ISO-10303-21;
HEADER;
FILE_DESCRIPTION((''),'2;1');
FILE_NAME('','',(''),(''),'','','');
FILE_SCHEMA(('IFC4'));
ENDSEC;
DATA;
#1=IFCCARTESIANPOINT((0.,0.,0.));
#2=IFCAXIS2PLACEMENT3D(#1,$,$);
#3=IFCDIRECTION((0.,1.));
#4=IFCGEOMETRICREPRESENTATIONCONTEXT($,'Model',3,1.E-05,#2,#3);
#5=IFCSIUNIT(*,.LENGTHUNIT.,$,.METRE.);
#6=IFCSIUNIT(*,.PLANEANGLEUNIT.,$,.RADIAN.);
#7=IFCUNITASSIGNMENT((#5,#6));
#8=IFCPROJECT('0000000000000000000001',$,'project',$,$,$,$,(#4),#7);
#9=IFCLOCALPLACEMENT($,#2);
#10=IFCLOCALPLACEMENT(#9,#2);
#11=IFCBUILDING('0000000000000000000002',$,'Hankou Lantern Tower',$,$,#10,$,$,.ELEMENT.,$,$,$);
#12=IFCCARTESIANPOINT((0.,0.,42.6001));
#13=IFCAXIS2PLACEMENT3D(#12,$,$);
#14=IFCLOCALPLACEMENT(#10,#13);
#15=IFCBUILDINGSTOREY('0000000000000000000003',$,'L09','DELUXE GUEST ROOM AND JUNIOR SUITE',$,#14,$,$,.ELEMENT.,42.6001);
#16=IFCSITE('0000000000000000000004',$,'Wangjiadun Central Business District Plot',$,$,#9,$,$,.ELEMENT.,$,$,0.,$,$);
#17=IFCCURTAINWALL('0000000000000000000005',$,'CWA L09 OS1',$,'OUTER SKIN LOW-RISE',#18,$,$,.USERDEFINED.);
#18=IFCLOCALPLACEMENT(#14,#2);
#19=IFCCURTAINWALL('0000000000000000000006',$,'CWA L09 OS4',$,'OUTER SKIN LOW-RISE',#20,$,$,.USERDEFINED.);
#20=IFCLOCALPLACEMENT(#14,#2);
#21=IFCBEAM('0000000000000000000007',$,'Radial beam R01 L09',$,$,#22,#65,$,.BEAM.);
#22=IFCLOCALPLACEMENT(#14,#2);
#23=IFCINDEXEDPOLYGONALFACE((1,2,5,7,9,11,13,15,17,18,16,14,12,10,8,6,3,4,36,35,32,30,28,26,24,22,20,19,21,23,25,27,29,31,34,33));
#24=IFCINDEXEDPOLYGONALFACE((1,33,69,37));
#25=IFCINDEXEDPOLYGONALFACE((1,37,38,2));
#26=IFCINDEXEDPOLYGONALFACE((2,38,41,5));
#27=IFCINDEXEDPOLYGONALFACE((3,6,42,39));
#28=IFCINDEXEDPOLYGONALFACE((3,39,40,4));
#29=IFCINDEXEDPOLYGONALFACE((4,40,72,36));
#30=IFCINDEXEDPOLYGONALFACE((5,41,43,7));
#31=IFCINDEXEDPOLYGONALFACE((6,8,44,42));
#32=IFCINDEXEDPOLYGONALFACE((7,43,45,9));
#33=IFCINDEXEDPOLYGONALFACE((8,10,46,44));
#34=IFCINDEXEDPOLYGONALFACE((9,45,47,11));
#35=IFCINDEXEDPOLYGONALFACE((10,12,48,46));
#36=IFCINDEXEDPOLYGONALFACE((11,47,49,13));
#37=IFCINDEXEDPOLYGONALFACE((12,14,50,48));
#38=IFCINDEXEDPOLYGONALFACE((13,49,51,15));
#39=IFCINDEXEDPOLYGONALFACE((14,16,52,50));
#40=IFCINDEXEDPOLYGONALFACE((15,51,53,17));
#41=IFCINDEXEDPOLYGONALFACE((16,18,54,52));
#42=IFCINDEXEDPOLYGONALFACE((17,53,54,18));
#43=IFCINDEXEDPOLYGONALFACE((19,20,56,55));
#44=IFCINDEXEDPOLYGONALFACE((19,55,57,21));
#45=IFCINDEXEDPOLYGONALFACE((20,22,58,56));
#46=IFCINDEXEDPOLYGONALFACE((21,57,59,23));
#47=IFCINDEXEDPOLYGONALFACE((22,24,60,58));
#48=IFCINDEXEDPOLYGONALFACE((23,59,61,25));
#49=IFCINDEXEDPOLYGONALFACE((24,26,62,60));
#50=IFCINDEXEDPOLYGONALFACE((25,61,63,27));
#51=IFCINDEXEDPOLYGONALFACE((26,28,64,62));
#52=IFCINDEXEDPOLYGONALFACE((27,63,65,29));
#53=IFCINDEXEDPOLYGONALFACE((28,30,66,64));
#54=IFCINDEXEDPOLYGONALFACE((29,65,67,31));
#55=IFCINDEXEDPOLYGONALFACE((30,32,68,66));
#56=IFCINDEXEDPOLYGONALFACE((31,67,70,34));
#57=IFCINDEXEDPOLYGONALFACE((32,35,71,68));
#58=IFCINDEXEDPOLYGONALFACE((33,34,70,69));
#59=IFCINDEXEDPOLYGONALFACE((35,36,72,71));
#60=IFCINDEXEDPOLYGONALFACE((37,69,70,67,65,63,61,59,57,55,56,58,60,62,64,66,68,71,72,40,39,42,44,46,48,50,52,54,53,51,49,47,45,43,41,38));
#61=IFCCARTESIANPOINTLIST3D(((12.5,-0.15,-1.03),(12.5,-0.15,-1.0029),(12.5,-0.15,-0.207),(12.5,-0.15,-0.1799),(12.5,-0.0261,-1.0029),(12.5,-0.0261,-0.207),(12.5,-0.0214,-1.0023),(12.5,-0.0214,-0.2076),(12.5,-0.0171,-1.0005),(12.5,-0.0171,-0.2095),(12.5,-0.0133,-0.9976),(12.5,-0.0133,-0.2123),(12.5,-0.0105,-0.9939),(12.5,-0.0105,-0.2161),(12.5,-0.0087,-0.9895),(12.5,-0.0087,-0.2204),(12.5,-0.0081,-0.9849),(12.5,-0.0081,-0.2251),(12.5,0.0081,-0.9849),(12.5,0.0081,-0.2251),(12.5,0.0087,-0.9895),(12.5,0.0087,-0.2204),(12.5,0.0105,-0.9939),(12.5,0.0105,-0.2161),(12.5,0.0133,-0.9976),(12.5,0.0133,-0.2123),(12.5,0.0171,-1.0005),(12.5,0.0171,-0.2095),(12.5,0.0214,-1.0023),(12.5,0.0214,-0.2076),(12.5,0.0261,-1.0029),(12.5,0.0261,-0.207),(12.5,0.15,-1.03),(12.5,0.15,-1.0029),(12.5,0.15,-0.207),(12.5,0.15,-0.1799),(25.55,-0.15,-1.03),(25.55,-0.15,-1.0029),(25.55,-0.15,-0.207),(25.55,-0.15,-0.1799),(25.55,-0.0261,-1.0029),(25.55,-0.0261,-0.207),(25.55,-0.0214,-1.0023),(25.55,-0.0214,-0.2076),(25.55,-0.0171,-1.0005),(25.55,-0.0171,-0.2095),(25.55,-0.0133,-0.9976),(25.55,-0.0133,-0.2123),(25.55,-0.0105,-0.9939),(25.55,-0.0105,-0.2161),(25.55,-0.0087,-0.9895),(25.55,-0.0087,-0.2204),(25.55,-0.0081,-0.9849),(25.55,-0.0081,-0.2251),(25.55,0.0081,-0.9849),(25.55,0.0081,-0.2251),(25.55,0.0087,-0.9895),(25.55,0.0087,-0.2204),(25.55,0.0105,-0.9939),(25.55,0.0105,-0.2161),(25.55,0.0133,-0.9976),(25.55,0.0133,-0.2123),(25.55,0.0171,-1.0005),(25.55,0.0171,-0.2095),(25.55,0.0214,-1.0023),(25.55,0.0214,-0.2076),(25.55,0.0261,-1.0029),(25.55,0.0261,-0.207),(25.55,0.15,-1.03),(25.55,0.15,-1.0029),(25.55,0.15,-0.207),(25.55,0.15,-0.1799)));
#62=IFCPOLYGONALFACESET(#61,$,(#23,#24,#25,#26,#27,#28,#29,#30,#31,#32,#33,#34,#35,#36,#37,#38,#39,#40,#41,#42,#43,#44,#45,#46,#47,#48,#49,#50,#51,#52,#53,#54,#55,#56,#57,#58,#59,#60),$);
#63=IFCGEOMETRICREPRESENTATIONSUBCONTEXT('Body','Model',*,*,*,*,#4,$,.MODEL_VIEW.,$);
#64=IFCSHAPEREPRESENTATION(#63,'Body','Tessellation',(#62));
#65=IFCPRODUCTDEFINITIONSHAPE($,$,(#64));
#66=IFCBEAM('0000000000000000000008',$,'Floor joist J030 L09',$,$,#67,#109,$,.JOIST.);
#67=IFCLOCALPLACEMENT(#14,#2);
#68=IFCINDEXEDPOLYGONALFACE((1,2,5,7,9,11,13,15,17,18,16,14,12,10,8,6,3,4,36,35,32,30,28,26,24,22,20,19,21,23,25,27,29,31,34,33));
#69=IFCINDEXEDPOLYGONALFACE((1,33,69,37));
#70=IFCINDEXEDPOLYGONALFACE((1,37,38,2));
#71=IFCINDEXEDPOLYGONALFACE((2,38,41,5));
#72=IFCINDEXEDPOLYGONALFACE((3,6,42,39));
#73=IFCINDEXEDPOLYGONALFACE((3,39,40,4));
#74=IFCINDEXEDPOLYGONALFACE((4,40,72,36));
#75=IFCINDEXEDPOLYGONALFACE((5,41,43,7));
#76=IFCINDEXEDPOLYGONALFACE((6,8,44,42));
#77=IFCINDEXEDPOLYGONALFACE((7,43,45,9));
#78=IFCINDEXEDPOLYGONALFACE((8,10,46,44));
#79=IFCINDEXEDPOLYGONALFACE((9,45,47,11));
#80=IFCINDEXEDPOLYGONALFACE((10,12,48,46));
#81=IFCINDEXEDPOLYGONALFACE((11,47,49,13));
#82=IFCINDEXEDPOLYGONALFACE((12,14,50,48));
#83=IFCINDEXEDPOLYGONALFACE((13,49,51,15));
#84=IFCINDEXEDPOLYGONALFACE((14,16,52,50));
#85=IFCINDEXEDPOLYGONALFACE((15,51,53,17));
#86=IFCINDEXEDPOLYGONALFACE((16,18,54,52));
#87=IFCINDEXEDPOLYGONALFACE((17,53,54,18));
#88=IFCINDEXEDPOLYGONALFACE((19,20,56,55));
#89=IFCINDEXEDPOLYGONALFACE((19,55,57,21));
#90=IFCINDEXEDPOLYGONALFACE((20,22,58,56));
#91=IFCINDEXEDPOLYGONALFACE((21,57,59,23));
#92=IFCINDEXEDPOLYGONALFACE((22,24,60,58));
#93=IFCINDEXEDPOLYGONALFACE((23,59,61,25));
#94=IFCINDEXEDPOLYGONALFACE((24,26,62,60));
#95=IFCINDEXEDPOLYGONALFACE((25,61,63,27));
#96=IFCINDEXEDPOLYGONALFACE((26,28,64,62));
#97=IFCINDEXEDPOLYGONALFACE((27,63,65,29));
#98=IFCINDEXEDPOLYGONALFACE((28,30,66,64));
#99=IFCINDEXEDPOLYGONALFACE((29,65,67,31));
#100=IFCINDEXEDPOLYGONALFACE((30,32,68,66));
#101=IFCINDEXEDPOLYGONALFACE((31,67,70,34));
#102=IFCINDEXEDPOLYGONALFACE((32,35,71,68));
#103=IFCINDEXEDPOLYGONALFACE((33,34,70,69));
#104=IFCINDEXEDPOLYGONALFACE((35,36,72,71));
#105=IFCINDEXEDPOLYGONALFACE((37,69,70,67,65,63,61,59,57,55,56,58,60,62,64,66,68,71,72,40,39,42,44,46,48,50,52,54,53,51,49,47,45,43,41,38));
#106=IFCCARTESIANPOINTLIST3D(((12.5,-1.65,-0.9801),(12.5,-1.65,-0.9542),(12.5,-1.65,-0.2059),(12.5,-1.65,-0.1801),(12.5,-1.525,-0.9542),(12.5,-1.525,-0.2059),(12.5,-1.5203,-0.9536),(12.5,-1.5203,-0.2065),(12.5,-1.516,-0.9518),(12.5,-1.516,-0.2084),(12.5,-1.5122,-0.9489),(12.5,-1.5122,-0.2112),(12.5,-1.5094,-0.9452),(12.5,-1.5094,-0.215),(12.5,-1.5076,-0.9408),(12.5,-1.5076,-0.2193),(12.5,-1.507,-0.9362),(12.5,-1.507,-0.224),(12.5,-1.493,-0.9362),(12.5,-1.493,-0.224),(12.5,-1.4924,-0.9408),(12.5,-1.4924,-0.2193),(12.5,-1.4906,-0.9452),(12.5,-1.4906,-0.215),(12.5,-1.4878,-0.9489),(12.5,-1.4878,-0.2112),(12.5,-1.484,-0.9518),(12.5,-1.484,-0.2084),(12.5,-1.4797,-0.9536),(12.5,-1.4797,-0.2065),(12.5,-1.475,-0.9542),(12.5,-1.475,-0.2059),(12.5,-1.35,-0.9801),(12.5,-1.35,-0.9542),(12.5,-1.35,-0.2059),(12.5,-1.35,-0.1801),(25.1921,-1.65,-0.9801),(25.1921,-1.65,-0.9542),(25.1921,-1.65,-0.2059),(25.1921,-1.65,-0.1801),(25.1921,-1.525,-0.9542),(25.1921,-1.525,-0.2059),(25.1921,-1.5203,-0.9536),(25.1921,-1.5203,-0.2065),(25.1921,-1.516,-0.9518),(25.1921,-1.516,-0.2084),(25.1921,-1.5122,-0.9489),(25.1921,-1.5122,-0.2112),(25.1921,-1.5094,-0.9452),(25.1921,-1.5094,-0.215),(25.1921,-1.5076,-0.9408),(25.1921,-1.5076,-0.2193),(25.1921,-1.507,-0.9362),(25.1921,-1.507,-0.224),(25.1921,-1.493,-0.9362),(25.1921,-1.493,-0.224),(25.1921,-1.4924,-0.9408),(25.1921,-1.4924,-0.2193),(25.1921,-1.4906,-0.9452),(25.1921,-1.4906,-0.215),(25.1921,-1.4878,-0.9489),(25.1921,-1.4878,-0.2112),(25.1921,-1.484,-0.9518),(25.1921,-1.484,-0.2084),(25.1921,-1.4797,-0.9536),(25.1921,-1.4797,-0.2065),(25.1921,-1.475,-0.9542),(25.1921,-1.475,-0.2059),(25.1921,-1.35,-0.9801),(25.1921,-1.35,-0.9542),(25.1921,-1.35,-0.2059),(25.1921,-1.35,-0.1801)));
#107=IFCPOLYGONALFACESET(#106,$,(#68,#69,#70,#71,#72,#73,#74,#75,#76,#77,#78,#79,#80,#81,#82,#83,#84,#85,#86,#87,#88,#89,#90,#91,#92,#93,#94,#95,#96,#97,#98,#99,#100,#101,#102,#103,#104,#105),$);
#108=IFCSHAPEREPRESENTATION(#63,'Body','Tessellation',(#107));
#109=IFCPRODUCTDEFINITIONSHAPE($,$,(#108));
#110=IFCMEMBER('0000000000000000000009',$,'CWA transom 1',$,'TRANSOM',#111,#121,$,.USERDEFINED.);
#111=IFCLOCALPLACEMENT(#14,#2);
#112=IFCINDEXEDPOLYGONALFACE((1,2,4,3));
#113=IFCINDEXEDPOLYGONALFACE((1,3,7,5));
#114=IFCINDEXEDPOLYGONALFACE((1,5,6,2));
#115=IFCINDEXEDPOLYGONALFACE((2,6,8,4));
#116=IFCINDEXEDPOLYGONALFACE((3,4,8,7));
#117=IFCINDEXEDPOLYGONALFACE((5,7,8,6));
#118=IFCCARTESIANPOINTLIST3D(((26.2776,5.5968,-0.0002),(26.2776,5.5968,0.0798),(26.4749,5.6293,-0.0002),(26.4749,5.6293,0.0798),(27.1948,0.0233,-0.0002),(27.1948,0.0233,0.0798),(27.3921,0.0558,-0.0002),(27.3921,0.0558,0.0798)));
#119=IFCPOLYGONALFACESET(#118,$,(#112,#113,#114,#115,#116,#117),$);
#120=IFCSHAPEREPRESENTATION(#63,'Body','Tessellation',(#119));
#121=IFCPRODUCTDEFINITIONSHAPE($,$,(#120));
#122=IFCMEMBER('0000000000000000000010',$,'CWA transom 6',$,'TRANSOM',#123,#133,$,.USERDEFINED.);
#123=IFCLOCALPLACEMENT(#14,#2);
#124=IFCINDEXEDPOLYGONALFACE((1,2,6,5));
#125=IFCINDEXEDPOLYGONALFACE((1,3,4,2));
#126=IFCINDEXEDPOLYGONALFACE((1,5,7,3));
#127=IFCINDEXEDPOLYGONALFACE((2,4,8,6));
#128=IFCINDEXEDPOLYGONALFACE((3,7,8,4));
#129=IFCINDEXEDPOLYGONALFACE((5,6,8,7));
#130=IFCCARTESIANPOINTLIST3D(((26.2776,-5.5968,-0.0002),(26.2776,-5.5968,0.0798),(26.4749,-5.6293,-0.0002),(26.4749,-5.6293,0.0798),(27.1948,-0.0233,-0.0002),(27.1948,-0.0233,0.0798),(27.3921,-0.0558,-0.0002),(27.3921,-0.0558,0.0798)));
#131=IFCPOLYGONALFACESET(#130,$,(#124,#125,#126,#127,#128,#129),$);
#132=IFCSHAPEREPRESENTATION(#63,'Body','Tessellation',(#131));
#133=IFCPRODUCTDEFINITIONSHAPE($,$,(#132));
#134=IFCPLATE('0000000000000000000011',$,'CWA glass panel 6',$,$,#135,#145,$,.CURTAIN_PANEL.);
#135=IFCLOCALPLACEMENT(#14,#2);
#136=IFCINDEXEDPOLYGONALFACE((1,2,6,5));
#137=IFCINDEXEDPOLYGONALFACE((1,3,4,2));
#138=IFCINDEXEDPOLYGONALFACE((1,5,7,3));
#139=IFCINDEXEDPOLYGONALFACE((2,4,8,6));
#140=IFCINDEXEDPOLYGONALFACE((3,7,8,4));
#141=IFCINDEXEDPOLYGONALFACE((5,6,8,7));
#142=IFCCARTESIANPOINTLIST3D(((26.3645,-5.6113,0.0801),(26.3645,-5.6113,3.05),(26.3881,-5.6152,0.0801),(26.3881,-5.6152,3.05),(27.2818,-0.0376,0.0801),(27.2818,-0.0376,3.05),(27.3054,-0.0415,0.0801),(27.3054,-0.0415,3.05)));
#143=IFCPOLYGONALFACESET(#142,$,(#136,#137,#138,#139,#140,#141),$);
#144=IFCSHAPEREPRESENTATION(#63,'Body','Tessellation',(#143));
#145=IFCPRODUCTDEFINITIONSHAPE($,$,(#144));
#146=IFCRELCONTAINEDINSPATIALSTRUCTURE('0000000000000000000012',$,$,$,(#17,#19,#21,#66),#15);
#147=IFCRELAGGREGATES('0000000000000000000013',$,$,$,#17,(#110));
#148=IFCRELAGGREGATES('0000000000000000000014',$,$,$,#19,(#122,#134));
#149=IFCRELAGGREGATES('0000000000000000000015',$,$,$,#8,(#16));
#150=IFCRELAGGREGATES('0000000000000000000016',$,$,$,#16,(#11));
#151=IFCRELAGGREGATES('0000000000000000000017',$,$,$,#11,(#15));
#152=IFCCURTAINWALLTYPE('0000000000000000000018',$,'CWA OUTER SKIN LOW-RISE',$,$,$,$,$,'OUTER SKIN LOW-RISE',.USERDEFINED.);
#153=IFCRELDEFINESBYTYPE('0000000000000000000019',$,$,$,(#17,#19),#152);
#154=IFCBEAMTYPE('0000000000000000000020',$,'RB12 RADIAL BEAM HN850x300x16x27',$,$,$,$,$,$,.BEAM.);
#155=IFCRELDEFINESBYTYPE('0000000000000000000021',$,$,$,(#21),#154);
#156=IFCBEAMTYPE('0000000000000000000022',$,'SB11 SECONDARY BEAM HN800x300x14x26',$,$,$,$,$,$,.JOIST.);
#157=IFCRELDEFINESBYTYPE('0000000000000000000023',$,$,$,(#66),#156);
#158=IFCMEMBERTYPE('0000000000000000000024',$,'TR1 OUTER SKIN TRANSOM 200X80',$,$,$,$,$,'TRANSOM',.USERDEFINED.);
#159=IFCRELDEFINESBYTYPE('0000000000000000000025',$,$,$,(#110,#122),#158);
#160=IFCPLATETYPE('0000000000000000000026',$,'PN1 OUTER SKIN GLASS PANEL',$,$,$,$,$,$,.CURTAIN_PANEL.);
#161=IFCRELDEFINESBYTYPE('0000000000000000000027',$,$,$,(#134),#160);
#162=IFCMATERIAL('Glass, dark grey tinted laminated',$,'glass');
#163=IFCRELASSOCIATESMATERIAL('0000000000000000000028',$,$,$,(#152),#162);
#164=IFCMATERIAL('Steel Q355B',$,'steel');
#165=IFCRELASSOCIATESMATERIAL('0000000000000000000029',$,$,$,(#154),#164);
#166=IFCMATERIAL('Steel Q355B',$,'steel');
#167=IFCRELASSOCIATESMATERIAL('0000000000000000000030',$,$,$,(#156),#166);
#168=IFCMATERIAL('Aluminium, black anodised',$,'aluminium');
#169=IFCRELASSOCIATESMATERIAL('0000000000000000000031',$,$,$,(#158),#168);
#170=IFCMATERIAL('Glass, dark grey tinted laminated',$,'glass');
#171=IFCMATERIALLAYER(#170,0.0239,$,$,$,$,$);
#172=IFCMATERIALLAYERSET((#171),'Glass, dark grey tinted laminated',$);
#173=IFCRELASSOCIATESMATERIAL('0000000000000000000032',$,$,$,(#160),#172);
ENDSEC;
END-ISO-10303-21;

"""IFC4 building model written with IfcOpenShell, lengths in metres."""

from ifc_helpers import new_model, si_unit, direction, frame, origin, origin_2d, place, context, subcontext, project, spatial, rectangle, i_section, extrude, material, layer, layer_set, material_profile, profile_set, type_object, element, aggregate, save


model = new_model("IFC4")

# Units and contexts
model_context = context("Model", 3, precision=1e-05, world=origin(), true_north=direction((0.0, 1.0)))
body_context = subcontext(model_context, "Body", "Model", "MODEL_VIEW")
ifc_project = project(units=[si_unit("LENGTHUNIT", "METRE"), si_unit("PLANEANGLEUNIT", "RADIAN")], contexts=[model_context])

# Site, building, storey
site_placement = place(None, origin())
site = spatial("IfcSite", under=ifc_project, at=site_placement, Name="Wangjiadun Central Business District Plot", CompositionType="ELEMENT", RefElevation=0.0)
building_placement = place(site_placement, origin())
building = spatial("IfcBuilding", under=site, at=building_placement, Name="Hankou Lantern Tower", CompositionType="ELEMENT")
storey_placement = place(building_placement, frame((0.0, 0.0, 42.6001)))
storey = spatial("IfcBuildingStorey", under=building, at=storey_placement, Name="L09", Description="DELUXE GUEST ROOM AND JUNIOR SUITE", CompositionType="ELEMENT", Elevation=42.6001)

# Curtain walls
ifc_material_1 = material(Name="Glass, dark grey tinted laminated", Category="glass")
curtain_wall_type = type_object("IfcCurtainWallType", Name="CWA OUTER SKIN LOW-RISE", ElementType="OUTER SKIN LOW-RISE", PredefinedType="USERDEFINED", material=ifc_material_1)
curtain_wall_1_placement = place(storey_placement, origin())
curtain_wall_1 = element("IfcCurtainWall", 1, at=curtain_wall_1_placement, inside=storey, type_object=curtain_wall_type, Name="CWA L09 OS1", ObjectType="OUTER SKIN LOW-RISE", PredefinedType="USERDEFINED")
curtain_wall_2_placement = place(storey_placement, origin())
curtain_wall_2 = element("IfcCurtainWall", 2, at=curtain_wall_2_placement, inside=storey, type_object=curtain_wall_type, Name="CWA L09 OS4", ObjectType="OUTER SKIN LOW-RISE", PredefinedType="USERDEFINED")

# Beams
ifc_material_2 = material(Name="Steel Q355B", Category="steel")
ifc_material_profile_1 = material_profile(ifc_material_2, i_section(OverallWidth=0.3, OverallDepth=0.8501, WebThickness=0.0161, FlangeThickness=0.0271, FilletRadius=0.0181, at=origin_2d()), Name="HN850x300x16x27")
ifc_profile_set_1 = profile_set([ifc_material_profile_1], Name="Steel Q355B")
beam_type_1 = type_object("IfcBeamType", Name="RB12 RADIAL BEAM HN850x300x16x27", PredefinedType="BEAM", material=ifc_profile_set_1)
beam_1_placement = place(storey_placement, frame((12.5, 0.0, -0.605), z_axis=(1.0, 0.0, 0.0), x_axis=(0.0, 1.0, 0.0)))
element("IfcBeam", 3, at=beam_1_placement, inside=storey, type_object=beam_type_1, Name="Radial beam R01 L09", PredefinedType="BEAM", context=body_context, shape_type="SweptSolid", body=[
    extrude(i_section(OverallWidth=0.3, OverallDepth=0.8501, WebThickness=0.0161, FlangeThickness=0.0271, FilletRadius=0.0181, at=origin_2d()), origin(), (0.0, 0.0, 1.0), 13.05),
])
ifc_material_3 = material(Name="Steel Q355B", Category="steel")
ifc_material_profile_2 = material_profile(ifc_material_3, i_section(OverallWidth=0.3, OverallDepth=0.8, WebThickness=0.0139, FlangeThickness=0.0259, FilletRadius=0.0181, at=origin_2d()), Name="HN800x300x14x26")
ifc_profile_set_2 = profile_set([ifc_material_profile_2], Name="Steel Q355B")
beam_type_2 = type_object("IfcBeamType", Name="SB11 SECONDARY BEAM HN800x300x14x26", PredefinedType="JOIST", material=ifc_profile_set_2)
beam_2_placement = place(storey_placement, frame((12.5, -1.5, -0.5801), z_axis=(1.0, 0.0, 0.0), x_axis=(0.0, 1.0, 0.0)))
element("IfcBeam", 4, at=beam_2_placement, inside=storey, type_object=beam_type_2, Name="Floor joist J030 L09", PredefinedType="JOIST", context=body_context, shape_type="SweptSolid", body=[
    extrude(i_section(OverallWidth=0.3, OverallDepth=0.8, WebThickness=0.0139, FlangeThickness=0.0259, FilletRadius=0.0181, at=origin_2d()), origin(), (0.0, 0.0, 1.0), 12.6921),
])

# Members
ifc_material_4 = material(Name="Aluminium, black anodised", Category="aluminium")
ifc_material_profile_3 = material_profile(ifc_material_4, rectangle(XDim=0.2, YDim=0.0801, at=origin_2d()), Name="TR1 200X80")
ifc_profile_set_3 = profile_set([ifc_material_profile_3], Name="Aluminium, black anodised")
member_type_1 = type_object("IfcMemberType", Name="TR1 OUTER SKIN TRANSOM 200X80", ElementType="TRANSOM", PredefinedType="USERDEFINED", material=ifc_profile_set_3)
member_1_placement = place(storey_placement, frame((27.2935, 0.0396, 0.0398), z_axis=(-0.162387, 0.986727, 0.0), x_axis=(-0.986727, -0.162387, 0.0)))
member_1 = element("IfcMember", 5, at=member_1_placement, type_object=member_type_1, Name="CWA transom 1", ObjectType="TRANSOM", PredefinedType="USERDEFINED", context=body_context, shape_type="SweptSolid", body=[
    extrude(rectangle(XDim=0.2, YDim=0.0801, at=origin_2d()), origin(), (0.0, 0.0, 1.0), 5.6484),
])
aggregate(curtain_wall_1, [member_1])
member_2_placement = place(storey_placement, frame((26.3762, -5.613, 0.0398), z_axis=(0.162387, 0.986727, 0.0), x_axis=(-0.986727, 0.162387, 0.0)))
member_2 = element("IfcMember", 6, at=member_2_placement, type_object=member_type_1, Name="CWA transom 6", ObjectType="TRANSOM", PredefinedType="USERDEFINED", context=body_context, shape_type="SweptSolid", body=[
    extrude(rectangle(XDim=0.2, YDim=0.0801, at=origin_2d()), origin(), (0.0, 0.0, 1.0), 5.6484),
])

# Plate
ifc_material_5 = material(Name="Glass, dark grey tinted laminated", Category="glass")
ifc_layer_1 = layer(ifc_material_5, 0.0239)
ifc_layer_set_1 = layer_set([ifc_layer_1], Name="Glass, dark grey tinted laminated")
plate_type = type_object("IfcPlateType", Name="PN1 OUTER SKIN GLASS PANEL", PredefinedType="CURTAIN_PANEL", material=ifc_layer_set_1)
plate_placement = place(storey_placement, frame((26.835, -2.8264, 0.0801), z_axis=(0.0, 0.0, 1.0), x_axis=(0.162382, 0.986728, 0.0)))
plate = element("IfcPlate", 7, at=plate_placement, type_object=plate_type, Name="CWA glass panel 6", PredefinedType="CURTAIN_PANEL", context=body_context, shape_type="SweptSolid", body=[
    extrude(rectangle(XDim=5.6487, YDim=0.0239, at=origin_2d()), origin(), (0.0, 0.0, 1.0), 2.97),
])
aggregate(curtain_wall_2, [member_2, plate])

save(model, "model.ifc")
